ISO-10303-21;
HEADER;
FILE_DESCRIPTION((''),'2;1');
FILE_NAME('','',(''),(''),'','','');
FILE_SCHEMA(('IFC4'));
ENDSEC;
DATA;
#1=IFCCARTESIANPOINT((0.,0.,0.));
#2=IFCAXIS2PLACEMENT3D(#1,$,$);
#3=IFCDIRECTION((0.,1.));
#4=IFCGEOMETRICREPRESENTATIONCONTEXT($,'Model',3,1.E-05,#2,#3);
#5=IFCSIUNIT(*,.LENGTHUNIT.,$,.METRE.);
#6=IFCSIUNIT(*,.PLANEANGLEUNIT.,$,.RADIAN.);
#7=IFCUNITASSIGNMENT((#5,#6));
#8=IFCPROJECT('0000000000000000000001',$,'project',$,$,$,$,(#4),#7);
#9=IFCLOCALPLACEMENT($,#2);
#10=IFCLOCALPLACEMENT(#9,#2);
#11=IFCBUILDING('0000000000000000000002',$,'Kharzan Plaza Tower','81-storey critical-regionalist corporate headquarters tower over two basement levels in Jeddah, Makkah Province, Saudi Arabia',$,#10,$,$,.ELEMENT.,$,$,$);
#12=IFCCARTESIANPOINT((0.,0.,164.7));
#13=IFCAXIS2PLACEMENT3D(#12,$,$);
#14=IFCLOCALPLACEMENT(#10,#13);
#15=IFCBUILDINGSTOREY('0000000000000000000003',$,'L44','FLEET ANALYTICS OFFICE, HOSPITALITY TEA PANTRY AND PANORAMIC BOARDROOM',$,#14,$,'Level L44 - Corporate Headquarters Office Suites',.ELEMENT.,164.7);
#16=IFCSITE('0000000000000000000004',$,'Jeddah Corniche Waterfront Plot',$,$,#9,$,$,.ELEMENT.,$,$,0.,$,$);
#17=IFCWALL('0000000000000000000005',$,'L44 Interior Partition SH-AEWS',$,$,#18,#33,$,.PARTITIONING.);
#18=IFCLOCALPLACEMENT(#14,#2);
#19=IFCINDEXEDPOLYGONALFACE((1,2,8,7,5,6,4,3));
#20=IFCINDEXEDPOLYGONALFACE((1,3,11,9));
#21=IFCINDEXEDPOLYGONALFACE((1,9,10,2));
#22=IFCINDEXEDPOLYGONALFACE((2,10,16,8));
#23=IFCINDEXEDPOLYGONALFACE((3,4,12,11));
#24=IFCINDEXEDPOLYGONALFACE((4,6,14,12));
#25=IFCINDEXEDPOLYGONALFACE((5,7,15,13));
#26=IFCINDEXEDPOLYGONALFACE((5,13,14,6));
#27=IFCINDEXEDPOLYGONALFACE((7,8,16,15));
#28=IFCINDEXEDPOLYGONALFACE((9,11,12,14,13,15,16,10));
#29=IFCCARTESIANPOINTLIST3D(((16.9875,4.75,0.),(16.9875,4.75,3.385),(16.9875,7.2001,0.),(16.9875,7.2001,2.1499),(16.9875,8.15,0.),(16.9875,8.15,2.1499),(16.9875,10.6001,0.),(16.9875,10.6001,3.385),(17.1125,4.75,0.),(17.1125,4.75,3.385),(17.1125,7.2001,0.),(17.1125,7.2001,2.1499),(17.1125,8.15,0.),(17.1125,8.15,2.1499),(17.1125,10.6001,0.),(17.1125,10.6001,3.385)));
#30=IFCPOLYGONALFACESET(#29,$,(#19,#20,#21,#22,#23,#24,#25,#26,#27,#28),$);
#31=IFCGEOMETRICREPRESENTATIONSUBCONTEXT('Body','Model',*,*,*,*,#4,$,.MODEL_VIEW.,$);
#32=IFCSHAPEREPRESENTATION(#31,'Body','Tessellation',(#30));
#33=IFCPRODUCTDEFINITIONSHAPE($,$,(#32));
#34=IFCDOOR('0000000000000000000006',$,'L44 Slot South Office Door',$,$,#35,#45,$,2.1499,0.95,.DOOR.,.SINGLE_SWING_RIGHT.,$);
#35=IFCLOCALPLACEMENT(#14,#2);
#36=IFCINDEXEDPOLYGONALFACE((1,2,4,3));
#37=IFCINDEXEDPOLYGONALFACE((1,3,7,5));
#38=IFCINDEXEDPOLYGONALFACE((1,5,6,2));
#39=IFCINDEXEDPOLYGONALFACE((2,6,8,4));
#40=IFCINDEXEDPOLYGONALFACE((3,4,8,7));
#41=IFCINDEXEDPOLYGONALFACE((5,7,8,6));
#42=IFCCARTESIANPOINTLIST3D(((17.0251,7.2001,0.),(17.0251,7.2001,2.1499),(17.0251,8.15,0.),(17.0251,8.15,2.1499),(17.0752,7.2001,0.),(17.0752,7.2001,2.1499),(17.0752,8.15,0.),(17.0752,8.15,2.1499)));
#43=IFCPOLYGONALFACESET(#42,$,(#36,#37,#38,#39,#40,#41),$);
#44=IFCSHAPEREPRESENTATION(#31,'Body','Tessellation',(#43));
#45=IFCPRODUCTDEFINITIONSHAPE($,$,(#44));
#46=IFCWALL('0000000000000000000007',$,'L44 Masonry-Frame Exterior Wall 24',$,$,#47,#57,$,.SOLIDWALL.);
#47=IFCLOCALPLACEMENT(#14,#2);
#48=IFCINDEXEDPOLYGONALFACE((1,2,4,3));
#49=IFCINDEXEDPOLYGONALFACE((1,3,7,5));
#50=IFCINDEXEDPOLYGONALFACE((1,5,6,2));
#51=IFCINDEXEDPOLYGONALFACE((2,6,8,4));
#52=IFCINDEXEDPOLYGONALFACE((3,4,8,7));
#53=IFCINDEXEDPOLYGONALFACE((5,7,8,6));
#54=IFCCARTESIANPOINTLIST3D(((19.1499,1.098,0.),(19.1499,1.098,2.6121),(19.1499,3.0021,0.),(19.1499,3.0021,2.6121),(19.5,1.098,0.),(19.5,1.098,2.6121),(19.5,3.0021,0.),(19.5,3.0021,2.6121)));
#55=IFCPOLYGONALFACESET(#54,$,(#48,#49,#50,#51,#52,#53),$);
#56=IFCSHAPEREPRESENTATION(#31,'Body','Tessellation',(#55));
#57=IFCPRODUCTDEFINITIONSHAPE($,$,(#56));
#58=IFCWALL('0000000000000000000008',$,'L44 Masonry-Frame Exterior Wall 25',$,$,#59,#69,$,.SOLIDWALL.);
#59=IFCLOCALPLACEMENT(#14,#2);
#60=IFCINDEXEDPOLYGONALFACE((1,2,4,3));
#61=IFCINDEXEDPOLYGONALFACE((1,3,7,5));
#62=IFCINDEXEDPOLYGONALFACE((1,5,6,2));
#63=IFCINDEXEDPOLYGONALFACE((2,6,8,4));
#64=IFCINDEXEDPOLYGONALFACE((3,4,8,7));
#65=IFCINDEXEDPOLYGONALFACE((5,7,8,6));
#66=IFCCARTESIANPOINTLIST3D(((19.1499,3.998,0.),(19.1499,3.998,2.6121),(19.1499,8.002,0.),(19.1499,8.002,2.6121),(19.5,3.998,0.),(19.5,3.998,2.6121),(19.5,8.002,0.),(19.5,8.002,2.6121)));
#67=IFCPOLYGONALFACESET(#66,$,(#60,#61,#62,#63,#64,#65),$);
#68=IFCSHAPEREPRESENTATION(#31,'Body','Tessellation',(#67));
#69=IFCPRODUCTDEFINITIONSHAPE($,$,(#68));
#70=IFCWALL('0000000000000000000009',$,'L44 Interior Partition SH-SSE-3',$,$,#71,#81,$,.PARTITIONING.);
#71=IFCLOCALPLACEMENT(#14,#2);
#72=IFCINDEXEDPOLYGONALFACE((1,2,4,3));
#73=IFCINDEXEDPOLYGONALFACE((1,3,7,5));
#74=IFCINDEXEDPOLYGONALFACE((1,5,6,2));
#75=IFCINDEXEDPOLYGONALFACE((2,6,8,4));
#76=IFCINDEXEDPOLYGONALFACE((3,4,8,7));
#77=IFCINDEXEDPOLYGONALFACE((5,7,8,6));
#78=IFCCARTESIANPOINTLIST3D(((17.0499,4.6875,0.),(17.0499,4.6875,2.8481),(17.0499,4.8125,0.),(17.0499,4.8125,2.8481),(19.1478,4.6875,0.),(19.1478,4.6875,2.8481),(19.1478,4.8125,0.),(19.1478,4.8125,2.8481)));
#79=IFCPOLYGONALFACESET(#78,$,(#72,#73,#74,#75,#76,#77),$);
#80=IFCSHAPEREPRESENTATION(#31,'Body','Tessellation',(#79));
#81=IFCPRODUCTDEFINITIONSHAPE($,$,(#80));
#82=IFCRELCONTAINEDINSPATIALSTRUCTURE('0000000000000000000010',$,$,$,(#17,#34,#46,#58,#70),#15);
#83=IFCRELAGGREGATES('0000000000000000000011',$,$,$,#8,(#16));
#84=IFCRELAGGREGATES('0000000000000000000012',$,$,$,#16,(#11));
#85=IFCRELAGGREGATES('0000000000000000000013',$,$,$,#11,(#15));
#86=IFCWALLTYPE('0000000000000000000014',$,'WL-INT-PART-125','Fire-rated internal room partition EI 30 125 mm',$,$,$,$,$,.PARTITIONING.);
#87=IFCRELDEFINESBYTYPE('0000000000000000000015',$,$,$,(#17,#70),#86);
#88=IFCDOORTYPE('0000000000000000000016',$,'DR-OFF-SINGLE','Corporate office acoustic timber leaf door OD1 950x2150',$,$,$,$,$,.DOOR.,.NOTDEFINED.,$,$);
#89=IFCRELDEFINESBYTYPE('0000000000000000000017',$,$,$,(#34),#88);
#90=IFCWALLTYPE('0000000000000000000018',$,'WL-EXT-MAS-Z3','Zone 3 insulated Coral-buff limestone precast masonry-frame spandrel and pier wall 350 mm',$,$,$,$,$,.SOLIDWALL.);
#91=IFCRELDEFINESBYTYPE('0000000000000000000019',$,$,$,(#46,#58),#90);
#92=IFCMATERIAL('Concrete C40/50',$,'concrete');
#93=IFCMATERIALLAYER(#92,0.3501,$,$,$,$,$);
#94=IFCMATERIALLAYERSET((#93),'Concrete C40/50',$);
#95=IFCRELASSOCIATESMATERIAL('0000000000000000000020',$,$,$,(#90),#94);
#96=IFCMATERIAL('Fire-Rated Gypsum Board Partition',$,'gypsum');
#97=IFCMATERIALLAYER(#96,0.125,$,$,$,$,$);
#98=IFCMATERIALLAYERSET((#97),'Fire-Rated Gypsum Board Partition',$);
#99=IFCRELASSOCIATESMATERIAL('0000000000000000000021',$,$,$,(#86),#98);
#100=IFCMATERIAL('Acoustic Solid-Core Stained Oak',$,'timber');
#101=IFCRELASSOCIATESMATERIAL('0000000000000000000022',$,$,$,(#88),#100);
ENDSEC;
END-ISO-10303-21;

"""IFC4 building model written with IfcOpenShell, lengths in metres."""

from ifc_helpers import new_model, si_unit, direction, frame, frame_2d, origin, place, context, subcontext, project, spatial, rectangle, extrude, source, transform, mapped, material, layer, layer_set, type_object, element, fill, save


model = new_model("IFC4")

# Units and contexts
model_context = context("Model", 3, precision=1e-05, world=origin(), true_north=direction((0.0, 1.0)))
body_context = subcontext(model_context, "Body", "Model", "MODEL_VIEW")
ifc_project = project(units=[si_unit("LENGTHUNIT", "METRE"), si_unit("PLANEANGLEUNIT", "RADIAN")], contexts=[model_context])

# Site, building, storey
site_placement = place(None, origin())
site = spatial("IfcSite", under=ifc_project, at=site_placement, Name="Jeddah Corniche Waterfront Plot", CompositionType="ELEMENT", RefElevation=0.0)
building_placement = place(site_placement, origin())
building = spatial("IfcBuilding", under=site, at=building_placement, Name="Kharzan Plaza Tower", Description="81-storey critical-regionalist corporate headquarters tower over two basement levels in Jeddah, Makkah Province, Saudi Arabia", CompositionType="ELEMENT")
storey_placement = place(building_placement, frame((0.0, 0.0, 164.7)))
storey = spatial("IfcBuildingStorey", under=building, at=storey_placement, Name="L44", Description="FLEET ANALYTICS OFFICE, HOSPITALITY TEA PANTRY AND PANORAMIC BOARDROOM", LongName="Level L44 - Corporate Headquarters Office Suites", CompositionType="ELEMENT", Elevation=164.7)

# Shared definitions
ifc_material_1 = material(Name="Concrete C40/50", Category="concrete")
ifc_layer_1 = layer(ifc_material_1, 0.3501)
ifc_layer_set_1 = layer_set([ifc_layer_1], Name="Concrete C40/50")
wall_type_1 = type_object("IfcWallType", Name="WL-EXT-MAS-Z3", Description="Zone 3 insulated Coral-buff limestone precast masonry-frame spandrel and pier wall 350 mm", PredefinedType="SOLIDWALL", material=ifc_layer_set_1)

# Wall, opening, door
ifc_material_2 = material(Name="Fire-Rated Gypsum Board Partition", Category="gypsum")
ifc_layer_2 = layer(ifc_material_2, 0.125)
ifc_layer_set_2 = layer_set([ifc_layer_2], Name="Fire-Rated Gypsum Board Partition")
wall_type_2 = type_object("IfcWallType", Name="WL-INT-PART-125", Description="Fire-rated internal room partition EI 30 125 mm", PredefinedType="PARTITIONING", material=ifc_layer_set_2)
wall_1_placement = place(storey_placement, frame((17.05, 4.75, 0.0), z_axis=(0.0, 0.0, 1.0), x_axis=(0.0, 1.0, 0.0)))
wall_1 = element("IfcWall", 1, at=wall_1_placement, inside=storey, type_object=wall_type_2, Name="L44 Interior Partition SH-AEWS", PredefinedType="PARTITIONING", context=body_context, shape_type="SweptSolid", body=[
    extrude(rectangle(XDim=5.8501, YDim=0.125, at=frame_2d((2.925, 0.0))), origin(), (0.0, 0.0, 1.0), 3.385),
])
opening_1_placement = place(wall_1_placement, frame((2.45, 0.0, 0.0)))
opening_1 = element("IfcOpeningElement", 2, at=opening_1_placement, cuts=wall_1, PredefinedType="OPENING", context=body_context, shape_type="SweptSolid", body=[
    extrude(rectangle(XDim=0.95, YDim=2.1499, at=frame_2d((0.4751, 1.075))), frame((0.0, 0.0725, 0.0), z_axis=(0.0, -1.0, 0.0), x_axis=(1.0, 0.0, 0.0)), (0.0, 0.0, 1.0), 0.145),
])
ifc_material_3 = material(Name="Acoustic Solid-Core Stained Oak", Category="timber")
door_type_1 = type_object("IfcDoorType", Name="DR-OFF-SINGLE", Description="Corporate office acoustic timber leaf door OD1 950x2150", OperationType="NOTDEFINED", PredefinedType="DOOR", material=ifc_material_3)
shared_shape_1 = source(origin(), body_context, "Body", "SweptSolid", [
    extrude(rectangle(XDim=0.95, YDim=2.1499, at=frame_2d((0.4751, 1.075))), frame((0.0, 0.0249, 0.0), z_axis=(0.0, -1.0, 0.0), x_axis=(1.0, 0.0, 0.0)), (0.0, 0.0, 1.0), 0.05),
])
door_1_placement = place(opening_1_placement, origin())
door_1 = element("IfcDoor", 3, at=door_1_placement, inside=storey, type_object=door_type_1, Name="L44 Slot South Office Door", OperationType="SINGLE_SWING_RIGHT", OverallHeight=2.1499, OverallWidth=0.95, PredefinedType="DOOR", context=body_context, shape_type="MappedRepresentation", body=[
    mapped(shared_shape_1, transform((0.0, 0.0, 0.0), x_axis=(1.0, 0.0, 0.0), y_axis=(0.0, 1.0, 0.0), z_axis=(0.0, 0.0, 1.0))),
])
fill(opening_1, door_1)

# Walls
shared_shape_2 = source(origin(), body_context, "Body", "SweptSolid", [
    extrude(rectangle(XDim=1.9041, YDim=0.3501, at=frame_2d((0.9521, 0.0))), origin(), (0.0, 0.0, 1.0), 2.6121),
])
wall_2_placement = place(storey_placement, frame((19.325, 1.0979, 0.0), z_axis=(0.0, 0.0, 1.0), x_axis=(0.0, 1.0, 0.0)))
element("IfcWall", 4, at=wall_2_placement, inside=storey, type_object=wall_type_1, Name="L44 Masonry-Frame Exterior Wall 24", PredefinedType="SOLIDWALL", context=body_context, shape_type="MappedRepresentation", body=[
    mapped(shared_shape_2, transform((0.0, 0.0, 0.0), x_axis=(1.0, 0.0, 0.0), y_axis=(0.0, 1.0, 0.0), z_axis=(0.0, 0.0, 1.0))),
])
shared_shape_3 = source(origin(), body_context, "Body", "SweptSolid", [
    extrude(rectangle(XDim=4.0039, YDim=0.3501, at=frame_2d((2.002, 0.0))), origin(), (0.0, 0.0, 1.0), 2.6121),
])
wall_3_placement = place(storey_placement, frame((19.325, 3.998, 0.0), z_axis=(0.0, 0.0, 1.0), x_axis=(0.0, 1.0, 0.0)))
element("IfcWall", 5, at=wall_3_placement, inside=storey, type_object=wall_type_1, Name="L44 Masonry-Frame Exterior Wall 25", PredefinedType="SOLIDWALL", context=body_context, shape_type="MappedRepresentation", body=[
    mapped(shared_shape_3, transform((0.0, 0.0, 0.0), x_axis=(1.0, 0.0, 0.0), y_axis=(0.0, 1.0, 0.0), z_axis=(0.0, 0.0, 1.0))),
])
shared_shape_4 = source(origin(), body_context, "Body", "SweptSolid", [
    extrude(rectangle(XDim=2.0979, YDim=0.125, at=frame_2d((1.0488, 0.0))), origin(), (0.0, 0.0, 1.0), 2.8481),
])
wall_4_placement = place(storey_placement, frame((17.05, 4.75, 0.0), z_axis=(0.0, 0.0, 1.0), x_axis=(1.0, 0.0, 0.0)))
element("IfcWall", 6, at=wall_4_placement, inside=storey, type_object=wall_type_2, Name="L44 Interior Partition SH-SSE-3", PredefinedType="PARTITIONING", context=body_context, shape_type="MappedRepresentation", body=[
    mapped(shared_shape_4, transform((0.0, 0.0, 0.0), x_axis=(1.0, 0.0, 0.0), y_axis=(0.0, 1.0, 0.0), z_axis=(0.0, 0.0, 1.0))),
])

save(model, "model.ifc")
